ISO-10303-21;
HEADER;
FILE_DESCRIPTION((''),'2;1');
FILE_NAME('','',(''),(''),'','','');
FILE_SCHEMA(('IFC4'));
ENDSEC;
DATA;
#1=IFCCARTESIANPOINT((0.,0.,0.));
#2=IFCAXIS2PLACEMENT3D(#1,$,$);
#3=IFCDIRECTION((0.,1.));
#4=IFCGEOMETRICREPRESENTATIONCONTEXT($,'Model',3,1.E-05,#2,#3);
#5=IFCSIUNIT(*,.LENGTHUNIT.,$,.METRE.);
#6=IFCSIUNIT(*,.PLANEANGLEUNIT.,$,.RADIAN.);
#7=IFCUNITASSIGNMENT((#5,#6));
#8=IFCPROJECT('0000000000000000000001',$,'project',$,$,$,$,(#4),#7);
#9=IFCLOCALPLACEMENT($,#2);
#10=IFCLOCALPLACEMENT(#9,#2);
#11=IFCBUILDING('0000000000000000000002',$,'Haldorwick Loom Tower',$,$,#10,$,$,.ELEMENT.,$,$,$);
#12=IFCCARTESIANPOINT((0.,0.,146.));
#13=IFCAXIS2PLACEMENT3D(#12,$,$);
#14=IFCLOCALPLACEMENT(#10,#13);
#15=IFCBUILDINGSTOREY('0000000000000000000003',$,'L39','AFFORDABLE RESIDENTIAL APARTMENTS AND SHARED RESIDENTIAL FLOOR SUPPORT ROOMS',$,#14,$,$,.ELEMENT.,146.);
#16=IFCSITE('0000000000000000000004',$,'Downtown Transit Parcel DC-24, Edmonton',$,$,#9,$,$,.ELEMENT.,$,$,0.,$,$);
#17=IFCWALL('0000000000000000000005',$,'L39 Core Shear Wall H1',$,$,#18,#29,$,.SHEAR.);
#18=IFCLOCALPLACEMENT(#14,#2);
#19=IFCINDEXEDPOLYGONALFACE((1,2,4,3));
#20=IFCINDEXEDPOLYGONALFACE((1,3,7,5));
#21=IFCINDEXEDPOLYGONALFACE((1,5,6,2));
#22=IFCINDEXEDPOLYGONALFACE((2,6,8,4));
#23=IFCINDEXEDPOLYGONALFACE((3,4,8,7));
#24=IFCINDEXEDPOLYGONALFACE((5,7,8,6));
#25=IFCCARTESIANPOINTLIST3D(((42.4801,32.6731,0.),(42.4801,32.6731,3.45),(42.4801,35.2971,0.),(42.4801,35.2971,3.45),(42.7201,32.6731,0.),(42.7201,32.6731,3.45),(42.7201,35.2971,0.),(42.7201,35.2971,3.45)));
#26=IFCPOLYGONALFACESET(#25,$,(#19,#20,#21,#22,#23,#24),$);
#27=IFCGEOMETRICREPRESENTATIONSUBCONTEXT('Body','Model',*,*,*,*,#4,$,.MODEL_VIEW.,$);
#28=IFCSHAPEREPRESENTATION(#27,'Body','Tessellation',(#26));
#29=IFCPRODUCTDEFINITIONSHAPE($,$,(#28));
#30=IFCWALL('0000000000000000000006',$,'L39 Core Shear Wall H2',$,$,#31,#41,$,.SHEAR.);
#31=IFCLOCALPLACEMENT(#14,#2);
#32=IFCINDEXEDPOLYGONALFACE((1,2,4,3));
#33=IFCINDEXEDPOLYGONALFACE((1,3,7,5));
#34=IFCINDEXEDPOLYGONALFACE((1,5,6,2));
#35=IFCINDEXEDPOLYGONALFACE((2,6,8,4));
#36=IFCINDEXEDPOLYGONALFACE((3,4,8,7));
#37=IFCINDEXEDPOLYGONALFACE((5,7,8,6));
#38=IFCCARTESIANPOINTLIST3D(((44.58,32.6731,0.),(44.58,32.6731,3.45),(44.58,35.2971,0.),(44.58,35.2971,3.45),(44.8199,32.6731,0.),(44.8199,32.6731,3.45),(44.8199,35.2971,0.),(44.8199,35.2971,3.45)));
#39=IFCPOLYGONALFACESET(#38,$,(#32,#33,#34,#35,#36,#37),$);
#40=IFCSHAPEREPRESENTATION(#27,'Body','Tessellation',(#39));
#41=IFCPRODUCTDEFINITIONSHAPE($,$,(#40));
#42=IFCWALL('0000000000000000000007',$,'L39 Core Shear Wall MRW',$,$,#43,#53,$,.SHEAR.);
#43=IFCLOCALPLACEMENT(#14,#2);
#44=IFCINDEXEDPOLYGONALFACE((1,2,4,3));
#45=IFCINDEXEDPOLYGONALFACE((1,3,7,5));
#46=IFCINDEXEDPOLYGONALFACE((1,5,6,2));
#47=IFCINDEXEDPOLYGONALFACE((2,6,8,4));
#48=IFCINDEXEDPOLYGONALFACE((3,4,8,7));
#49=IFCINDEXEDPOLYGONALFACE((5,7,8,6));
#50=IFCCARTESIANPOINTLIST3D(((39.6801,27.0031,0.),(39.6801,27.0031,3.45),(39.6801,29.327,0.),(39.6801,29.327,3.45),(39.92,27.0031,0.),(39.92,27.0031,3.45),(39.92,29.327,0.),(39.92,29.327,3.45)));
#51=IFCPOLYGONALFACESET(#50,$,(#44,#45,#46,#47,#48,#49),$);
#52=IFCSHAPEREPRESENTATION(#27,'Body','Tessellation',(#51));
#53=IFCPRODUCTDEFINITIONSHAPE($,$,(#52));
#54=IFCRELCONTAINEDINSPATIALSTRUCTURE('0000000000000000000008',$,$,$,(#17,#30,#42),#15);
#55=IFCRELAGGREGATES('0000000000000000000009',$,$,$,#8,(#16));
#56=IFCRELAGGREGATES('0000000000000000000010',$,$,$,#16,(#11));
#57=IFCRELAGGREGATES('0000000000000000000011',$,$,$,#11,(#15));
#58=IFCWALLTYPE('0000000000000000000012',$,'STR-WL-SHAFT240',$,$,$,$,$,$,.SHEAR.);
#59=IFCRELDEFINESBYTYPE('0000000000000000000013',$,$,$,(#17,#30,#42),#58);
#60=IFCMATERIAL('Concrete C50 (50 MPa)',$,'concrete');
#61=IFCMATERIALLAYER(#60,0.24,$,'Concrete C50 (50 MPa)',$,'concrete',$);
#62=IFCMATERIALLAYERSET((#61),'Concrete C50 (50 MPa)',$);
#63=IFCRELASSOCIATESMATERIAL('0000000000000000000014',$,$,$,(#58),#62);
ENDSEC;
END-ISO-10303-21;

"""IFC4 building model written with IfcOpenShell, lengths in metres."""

from ifc_helpers import new_model, si_unit, direction, frame, frame_2d, origin, place, context, subcontext, project, spatial, rectangle, extrude, material, layer, layer_set, type_object, element, save


model = new_model("IFC4")

# Units and contexts
model_context = context("Model", 3, precision=1e-05, world=origin(), true_north=direction((0.0, 1.0)))
body_context = subcontext(model_context, "Body", "Model", "MODEL_VIEW")
ifc_project = project(units=[si_unit("LENGTHUNIT", "METRE"), si_unit("PLANEANGLEUNIT", "RADIAN")], contexts=[model_context])

# Site, building, storey
site_placement = place(None, origin())
site = spatial("IfcSite", under=ifc_project, at=site_placement, Name="Downtown Transit Parcel DC-24, Edmonton", CompositionType="ELEMENT", RefElevation=0.0)
building_placement = place(site_placement, origin())
building = spatial("IfcBuilding", under=site, at=building_placement, Name="Haldorwick Loom Tower", CompositionType="ELEMENT")
storey_placement = place(building_placement, frame((0.0, 0.0, 146.0)))
storey = spatial("IfcBuildingStorey", under=building, at=storey_placement, Name="L39", Description="AFFORDABLE RESIDENTIAL APARTMENTS AND SHARED RESIDENTIAL FLOOR SUPPORT ROOMS", CompositionType="ELEMENT", Elevation=146.0)

# Shared definitions
ifc_material_1 = material(Name="Concrete C50 (50 MPa)", Category="concrete")
ifc_layer_1 = layer(ifc_material_1, 0.24, Name="Concrete C50 (50 MPa)", Category="concrete")
ifc_layer_set_1 = layer_set([ifc_layer_1], Name="Concrete C50 (50 MPa)")
wall_type_1 = type_object("IfcWallType", Name="STR-WL-SHAFT240", PredefinedType="SHEAR", material=ifc_layer_set_1)

# Walls
for number, where, z_axis, x_axis, name in (
    (1, (42.6001, 32.6731, 0.0), (0.0, 0.0, 1.0), (0.0, 1.0, 0.0), "L39 Core Shear Wall H1"),
    (2, (44.7, 32.6731, 0.0), (0.0, 0.0, 1.0), (0.0, 1.0, 0.0), "L39 Core Shear Wall H2"),
):
    element("IfcWall", number, at=place(storey_placement, frame(where, z_axis=z_axis, x_axis=x_axis)), inside=storey, type_object=wall_type_1, Name=name, PredefinedType="SHEAR", context=body_context, shape_type="SweptSolid", body=[
        extrude(rectangle(XDim=2.624, YDim=0.24, at=frame_2d((1.312, 0.0))), origin(), (0.0, 0.0, 1.0), 3.45),
    ])
wall_1_placement = place(storey_placement, frame((39.8, 27.0029, 0.0), z_axis=(0.0, 0.0, 1.0), x_axis=(0.0, 1.0, 0.0)))
element("IfcWall", 3, at=wall_1_placement, inside=storey, type_object=wall_type_1, Name="L39 Core Shear Wall MRW", PredefinedType="SHEAR", context=body_context, shape_type="SweptSolid", body=[
    extrude(rectangle(XDim=2.324, YDim=0.24, at=frame_2d((1.1621, 0.0))), origin(), (0.0, 0.0, 1.0), 3.45),
])

save(model, "model.ifc")
